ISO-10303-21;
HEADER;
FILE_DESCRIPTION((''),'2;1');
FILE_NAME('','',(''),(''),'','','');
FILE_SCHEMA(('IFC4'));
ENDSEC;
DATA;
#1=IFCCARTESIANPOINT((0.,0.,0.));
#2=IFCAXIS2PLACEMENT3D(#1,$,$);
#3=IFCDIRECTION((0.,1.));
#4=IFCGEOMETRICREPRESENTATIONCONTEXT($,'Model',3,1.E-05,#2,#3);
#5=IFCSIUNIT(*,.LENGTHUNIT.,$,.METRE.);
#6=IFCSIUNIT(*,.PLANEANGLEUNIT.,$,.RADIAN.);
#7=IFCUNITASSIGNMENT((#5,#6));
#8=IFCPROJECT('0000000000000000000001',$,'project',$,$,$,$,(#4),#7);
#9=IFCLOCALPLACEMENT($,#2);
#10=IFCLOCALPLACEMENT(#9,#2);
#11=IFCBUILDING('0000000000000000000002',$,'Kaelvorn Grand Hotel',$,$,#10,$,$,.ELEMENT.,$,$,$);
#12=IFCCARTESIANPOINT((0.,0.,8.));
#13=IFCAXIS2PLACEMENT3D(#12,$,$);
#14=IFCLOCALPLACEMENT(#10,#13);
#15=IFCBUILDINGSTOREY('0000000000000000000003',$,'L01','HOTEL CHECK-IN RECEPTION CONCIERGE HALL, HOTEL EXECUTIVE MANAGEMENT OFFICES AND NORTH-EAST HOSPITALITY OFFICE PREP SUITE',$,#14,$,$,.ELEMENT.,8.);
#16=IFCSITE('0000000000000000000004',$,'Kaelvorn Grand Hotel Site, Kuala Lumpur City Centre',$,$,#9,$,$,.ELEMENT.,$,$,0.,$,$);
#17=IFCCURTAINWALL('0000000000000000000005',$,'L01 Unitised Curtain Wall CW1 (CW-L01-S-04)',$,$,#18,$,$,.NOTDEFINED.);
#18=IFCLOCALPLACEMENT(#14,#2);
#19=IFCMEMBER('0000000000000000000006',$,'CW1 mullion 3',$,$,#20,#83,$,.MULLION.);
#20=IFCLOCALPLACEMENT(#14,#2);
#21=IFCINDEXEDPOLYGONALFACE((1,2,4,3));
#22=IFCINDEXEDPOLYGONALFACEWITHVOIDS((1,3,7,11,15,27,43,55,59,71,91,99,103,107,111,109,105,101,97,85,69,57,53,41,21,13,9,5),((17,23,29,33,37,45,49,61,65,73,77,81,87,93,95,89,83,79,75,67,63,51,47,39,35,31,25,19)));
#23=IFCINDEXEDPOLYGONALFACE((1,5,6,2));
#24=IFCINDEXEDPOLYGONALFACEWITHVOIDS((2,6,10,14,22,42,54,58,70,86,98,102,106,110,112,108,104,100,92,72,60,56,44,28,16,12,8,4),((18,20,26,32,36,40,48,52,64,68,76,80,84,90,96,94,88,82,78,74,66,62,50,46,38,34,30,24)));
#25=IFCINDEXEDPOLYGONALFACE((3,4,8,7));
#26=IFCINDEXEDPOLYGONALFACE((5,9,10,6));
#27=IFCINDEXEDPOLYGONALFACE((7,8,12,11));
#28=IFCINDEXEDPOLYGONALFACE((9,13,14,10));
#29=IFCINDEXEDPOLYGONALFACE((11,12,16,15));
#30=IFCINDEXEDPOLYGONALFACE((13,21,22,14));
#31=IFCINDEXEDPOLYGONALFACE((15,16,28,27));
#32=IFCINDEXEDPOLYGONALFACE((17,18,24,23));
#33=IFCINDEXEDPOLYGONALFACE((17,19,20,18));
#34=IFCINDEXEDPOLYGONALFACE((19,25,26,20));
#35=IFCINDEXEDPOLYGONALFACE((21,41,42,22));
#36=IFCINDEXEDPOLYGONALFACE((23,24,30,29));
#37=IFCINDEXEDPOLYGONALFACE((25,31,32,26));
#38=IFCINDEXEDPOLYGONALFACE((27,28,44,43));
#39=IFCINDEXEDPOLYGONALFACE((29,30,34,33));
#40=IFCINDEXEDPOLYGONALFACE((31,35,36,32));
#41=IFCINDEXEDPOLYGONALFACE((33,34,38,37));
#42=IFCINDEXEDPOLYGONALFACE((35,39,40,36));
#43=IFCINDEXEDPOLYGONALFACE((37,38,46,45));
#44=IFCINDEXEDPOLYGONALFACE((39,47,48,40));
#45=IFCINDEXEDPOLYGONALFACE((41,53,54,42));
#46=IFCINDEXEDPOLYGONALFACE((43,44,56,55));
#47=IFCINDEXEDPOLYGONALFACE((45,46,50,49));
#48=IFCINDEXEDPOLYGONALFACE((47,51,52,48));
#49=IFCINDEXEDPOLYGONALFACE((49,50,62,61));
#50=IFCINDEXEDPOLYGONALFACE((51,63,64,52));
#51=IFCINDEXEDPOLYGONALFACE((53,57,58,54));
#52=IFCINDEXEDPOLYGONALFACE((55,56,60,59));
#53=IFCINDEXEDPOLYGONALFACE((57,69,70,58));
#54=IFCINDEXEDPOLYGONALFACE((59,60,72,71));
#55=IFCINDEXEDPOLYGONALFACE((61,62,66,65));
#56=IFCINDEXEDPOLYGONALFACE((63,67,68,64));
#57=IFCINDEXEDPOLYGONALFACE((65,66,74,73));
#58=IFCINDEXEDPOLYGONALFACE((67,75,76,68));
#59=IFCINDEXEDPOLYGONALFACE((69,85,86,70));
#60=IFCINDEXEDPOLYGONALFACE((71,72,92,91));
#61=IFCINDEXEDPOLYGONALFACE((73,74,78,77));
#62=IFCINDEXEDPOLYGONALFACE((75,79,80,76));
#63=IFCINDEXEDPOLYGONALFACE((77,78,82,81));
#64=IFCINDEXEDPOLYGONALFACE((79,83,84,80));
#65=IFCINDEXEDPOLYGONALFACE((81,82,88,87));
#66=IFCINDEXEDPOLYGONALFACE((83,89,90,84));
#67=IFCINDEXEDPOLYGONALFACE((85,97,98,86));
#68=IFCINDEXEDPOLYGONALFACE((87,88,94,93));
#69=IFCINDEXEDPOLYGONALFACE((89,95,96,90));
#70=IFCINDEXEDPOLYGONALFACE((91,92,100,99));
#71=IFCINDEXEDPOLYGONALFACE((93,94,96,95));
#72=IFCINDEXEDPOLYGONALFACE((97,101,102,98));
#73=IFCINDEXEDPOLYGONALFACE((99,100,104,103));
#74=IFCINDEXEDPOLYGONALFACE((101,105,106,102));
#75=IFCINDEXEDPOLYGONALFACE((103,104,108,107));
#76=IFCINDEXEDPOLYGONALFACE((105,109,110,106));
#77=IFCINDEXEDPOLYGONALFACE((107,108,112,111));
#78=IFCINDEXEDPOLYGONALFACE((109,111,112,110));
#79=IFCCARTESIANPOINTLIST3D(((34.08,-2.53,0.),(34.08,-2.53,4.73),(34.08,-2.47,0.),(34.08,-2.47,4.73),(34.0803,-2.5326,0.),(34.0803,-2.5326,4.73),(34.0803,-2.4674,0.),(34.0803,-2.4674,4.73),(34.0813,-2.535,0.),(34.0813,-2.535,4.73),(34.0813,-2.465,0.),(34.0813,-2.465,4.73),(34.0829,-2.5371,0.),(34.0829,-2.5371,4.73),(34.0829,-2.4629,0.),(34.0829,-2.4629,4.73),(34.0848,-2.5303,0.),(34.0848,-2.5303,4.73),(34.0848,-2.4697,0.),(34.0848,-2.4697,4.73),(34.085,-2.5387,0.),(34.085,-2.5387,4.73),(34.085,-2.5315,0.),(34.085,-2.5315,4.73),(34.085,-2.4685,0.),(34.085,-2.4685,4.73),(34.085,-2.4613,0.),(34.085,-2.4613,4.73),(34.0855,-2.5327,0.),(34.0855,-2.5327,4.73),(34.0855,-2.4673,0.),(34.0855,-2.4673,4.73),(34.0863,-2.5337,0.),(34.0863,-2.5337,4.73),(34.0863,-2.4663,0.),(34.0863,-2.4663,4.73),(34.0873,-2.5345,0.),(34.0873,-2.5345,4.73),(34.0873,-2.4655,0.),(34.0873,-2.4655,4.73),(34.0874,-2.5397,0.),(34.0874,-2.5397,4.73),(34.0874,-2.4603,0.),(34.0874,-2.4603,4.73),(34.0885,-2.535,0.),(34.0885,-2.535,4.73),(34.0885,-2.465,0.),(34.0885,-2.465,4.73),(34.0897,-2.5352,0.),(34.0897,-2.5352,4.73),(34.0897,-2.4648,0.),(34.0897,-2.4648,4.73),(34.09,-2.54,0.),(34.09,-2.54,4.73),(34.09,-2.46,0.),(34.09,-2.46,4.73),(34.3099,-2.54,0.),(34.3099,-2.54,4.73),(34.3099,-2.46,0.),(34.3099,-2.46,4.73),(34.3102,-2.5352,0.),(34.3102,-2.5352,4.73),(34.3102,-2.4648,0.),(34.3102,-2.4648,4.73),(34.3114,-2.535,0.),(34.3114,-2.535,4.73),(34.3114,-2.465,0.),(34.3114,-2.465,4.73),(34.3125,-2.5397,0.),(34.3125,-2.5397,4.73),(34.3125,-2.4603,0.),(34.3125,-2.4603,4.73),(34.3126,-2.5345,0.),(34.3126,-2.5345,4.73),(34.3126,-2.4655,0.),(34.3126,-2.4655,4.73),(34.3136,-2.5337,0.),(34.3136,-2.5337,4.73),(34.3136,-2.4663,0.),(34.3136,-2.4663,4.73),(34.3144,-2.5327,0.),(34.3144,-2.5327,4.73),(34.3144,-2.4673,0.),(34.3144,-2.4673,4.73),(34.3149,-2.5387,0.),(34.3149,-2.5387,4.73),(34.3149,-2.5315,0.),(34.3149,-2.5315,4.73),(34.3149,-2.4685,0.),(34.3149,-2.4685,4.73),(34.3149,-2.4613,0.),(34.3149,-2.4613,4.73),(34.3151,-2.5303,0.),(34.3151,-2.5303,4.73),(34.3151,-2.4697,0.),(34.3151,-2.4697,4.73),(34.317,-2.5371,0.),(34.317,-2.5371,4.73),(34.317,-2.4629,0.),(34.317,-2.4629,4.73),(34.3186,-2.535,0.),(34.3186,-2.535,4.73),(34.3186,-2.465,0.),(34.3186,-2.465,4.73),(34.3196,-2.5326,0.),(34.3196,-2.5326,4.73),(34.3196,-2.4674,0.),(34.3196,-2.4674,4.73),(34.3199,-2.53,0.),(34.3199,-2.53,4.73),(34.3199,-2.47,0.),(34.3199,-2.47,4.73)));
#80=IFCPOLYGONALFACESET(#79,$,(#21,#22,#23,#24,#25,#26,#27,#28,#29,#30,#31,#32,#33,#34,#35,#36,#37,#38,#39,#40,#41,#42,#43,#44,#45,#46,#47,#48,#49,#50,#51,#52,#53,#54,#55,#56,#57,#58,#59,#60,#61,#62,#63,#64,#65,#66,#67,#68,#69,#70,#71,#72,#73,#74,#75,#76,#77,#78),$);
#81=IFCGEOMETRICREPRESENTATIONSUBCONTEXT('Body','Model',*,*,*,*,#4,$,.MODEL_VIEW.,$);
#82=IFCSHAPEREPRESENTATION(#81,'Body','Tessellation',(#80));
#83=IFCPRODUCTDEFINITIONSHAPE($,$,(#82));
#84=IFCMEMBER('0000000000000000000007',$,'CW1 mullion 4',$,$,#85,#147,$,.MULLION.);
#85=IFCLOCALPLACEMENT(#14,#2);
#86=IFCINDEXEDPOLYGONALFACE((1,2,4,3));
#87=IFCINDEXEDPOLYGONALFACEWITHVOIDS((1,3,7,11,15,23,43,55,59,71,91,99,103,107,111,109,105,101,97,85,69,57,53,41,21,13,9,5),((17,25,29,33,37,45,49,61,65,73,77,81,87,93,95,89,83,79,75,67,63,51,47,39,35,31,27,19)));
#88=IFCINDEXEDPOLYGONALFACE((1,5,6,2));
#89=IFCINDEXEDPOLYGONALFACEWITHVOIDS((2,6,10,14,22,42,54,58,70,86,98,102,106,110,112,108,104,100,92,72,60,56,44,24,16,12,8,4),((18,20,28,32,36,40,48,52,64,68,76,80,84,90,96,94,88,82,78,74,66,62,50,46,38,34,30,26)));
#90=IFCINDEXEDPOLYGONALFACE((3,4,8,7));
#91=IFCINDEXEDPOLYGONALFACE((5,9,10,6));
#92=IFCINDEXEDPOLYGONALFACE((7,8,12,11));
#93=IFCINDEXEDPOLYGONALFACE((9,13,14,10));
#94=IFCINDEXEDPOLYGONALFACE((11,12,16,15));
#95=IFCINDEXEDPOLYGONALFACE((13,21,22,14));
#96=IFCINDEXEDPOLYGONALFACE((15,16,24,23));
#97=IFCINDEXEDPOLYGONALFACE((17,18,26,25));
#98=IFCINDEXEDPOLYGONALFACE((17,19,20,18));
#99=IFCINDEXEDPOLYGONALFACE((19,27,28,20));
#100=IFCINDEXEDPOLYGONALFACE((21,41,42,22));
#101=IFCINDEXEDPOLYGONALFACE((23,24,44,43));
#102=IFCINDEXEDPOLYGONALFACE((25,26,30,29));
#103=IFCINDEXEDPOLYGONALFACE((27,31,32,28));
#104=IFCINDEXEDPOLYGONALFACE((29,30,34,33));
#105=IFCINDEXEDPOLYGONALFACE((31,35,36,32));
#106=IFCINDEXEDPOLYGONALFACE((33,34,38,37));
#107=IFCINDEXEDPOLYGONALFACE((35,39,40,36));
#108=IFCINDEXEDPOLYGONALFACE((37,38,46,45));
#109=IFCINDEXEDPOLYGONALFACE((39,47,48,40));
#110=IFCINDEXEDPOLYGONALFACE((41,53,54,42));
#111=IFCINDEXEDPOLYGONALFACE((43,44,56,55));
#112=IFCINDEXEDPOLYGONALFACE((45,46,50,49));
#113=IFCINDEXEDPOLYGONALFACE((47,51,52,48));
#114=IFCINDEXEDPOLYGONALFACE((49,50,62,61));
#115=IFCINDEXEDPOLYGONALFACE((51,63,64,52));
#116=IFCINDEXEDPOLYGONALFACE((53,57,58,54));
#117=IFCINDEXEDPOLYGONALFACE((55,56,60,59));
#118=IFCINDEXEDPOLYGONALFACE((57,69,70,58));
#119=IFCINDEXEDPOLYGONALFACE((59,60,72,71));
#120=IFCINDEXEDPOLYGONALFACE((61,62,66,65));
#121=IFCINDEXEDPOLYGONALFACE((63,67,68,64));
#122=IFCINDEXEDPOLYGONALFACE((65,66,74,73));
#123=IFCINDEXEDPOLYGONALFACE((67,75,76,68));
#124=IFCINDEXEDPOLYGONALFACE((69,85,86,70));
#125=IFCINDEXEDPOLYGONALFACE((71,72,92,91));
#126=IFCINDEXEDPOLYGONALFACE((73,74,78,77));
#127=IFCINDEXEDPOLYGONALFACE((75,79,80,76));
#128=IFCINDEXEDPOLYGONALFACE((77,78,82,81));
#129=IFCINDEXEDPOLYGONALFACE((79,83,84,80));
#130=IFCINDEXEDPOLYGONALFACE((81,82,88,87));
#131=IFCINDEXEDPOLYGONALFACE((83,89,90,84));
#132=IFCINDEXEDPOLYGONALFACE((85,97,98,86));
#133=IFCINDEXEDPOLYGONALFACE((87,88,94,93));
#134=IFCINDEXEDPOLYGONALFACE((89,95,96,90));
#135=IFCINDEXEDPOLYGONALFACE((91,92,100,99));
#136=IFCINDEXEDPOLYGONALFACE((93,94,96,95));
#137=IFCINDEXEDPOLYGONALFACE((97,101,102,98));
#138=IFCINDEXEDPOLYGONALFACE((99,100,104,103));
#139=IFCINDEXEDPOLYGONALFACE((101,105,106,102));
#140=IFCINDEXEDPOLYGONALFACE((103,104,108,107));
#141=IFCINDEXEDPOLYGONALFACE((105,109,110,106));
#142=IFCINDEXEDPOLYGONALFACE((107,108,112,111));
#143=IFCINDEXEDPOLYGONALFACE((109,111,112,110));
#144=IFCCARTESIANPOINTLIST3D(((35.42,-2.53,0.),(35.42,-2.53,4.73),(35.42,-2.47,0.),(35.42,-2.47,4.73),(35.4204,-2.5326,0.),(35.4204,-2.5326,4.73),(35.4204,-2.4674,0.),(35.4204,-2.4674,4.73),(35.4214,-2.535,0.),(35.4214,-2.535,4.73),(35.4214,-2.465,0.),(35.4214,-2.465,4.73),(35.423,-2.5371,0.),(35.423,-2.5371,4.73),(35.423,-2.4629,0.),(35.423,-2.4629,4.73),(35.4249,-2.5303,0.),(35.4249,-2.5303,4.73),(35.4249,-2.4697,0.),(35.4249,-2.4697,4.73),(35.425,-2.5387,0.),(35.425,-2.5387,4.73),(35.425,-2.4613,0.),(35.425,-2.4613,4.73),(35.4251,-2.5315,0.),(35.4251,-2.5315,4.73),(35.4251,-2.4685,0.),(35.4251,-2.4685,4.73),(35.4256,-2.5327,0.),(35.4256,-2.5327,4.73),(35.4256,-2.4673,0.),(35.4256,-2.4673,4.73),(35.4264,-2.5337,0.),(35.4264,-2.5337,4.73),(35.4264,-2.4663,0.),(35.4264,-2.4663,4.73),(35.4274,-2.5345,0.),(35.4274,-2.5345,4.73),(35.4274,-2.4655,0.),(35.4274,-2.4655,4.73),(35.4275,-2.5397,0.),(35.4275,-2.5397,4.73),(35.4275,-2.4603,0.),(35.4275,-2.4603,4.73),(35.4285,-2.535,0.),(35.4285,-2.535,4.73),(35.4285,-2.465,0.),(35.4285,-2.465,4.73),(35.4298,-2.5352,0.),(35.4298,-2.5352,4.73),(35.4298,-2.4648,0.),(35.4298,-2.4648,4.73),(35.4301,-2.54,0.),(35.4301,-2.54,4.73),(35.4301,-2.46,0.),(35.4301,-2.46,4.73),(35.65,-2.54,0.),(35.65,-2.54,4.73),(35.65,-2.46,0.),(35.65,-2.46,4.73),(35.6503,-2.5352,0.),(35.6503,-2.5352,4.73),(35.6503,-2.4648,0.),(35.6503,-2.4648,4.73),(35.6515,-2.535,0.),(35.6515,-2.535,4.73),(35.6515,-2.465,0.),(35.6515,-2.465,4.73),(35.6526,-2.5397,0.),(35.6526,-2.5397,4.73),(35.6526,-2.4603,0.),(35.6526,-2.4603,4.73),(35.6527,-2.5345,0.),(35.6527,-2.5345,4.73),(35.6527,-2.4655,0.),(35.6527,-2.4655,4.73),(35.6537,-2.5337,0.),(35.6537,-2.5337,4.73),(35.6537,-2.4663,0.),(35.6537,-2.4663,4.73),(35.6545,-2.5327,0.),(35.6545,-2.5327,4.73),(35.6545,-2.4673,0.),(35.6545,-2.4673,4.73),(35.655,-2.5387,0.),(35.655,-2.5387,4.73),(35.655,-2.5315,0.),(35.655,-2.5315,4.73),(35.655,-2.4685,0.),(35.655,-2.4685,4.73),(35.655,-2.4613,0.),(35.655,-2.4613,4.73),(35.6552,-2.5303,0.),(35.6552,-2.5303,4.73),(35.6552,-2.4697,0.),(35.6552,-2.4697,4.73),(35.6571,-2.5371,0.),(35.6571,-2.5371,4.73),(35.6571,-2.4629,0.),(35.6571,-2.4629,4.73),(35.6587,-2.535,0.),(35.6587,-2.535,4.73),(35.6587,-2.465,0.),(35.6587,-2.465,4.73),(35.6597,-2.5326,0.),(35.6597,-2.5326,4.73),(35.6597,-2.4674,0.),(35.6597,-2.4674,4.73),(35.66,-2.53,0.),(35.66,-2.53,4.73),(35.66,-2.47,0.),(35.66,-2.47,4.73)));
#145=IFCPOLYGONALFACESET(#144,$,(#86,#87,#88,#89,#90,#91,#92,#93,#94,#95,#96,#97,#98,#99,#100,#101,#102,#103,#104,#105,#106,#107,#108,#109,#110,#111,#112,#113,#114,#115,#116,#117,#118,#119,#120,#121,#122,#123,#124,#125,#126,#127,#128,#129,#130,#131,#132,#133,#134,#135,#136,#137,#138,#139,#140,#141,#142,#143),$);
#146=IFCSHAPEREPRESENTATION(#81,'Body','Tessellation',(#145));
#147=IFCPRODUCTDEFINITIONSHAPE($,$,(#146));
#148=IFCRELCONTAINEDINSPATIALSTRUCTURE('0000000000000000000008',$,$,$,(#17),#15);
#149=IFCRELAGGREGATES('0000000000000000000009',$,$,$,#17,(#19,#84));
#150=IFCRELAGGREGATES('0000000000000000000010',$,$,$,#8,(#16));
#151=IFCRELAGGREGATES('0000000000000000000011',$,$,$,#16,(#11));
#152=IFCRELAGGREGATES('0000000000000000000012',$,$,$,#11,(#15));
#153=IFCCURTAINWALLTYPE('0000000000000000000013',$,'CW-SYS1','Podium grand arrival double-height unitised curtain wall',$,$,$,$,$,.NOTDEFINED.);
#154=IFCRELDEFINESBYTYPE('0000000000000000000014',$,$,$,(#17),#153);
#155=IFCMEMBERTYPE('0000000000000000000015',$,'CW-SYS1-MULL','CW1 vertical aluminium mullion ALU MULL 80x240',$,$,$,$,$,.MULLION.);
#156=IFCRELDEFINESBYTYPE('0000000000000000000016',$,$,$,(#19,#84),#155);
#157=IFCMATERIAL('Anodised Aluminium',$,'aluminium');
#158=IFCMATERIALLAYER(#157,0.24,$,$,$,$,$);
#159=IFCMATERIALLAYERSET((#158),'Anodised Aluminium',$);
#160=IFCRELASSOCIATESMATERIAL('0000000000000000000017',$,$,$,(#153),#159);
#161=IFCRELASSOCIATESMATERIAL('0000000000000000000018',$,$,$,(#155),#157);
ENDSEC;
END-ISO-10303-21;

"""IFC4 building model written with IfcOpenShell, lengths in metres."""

from ifc_helpers import new_model, si_unit, direction, frame, origin, origin_2d, place, context, subcontext, project, spatial, hollow_rectangle, extrude, material, layer, layer_set, material_profile, profile_set, type_object, element, aggregate, save


model = new_model("IFC4")

# Units and contexts
model_context = context("Model", 3, precision=1e-05, world=origin(), true_north=direction((0.0, 1.0)))
body_context = subcontext(model_context, "Body", "Model", "MODEL_VIEW")
ifc_project = project(units=[si_unit("LENGTHUNIT", "METRE"), si_unit("PLANEANGLEUNIT", "RADIAN")], contexts=[model_context])

# Site, building, storey
site_placement = place(None, origin())
site = spatial("IfcSite", under=ifc_project, at=site_placement, Name="Kaelvorn Grand Hotel Site, Kuala Lumpur City Centre", CompositionType="ELEMENT", RefElevation=0.0)
building_placement = place(site_placement, origin())
building = spatial("IfcBuilding", under=site, at=building_placement, Name="Kaelvorn Grand Hotel", CompositionType="ELEMENT")
storey_placement = place(building_placement, frame((0.0, 0.0, 8.0)))
storey = spatial("IfcBuildingStorey", under=building, at=storey_placement, Name="L01", Description="HOTEL CHECK-IN RECEPTION CONCIERGE HALL, HOTEL EXECUTIVE MANAGEMENT OFFICES AND NORTH-EAST HOSPITALITY OFFICE PREP SUITE", CompositionType="ELEMENT", Elevation=8.0)

# Shared definitions
ifc_material_1 = material(Name="Anodised Aluminium", Category="aluminium")
ifc_layer_1 = layer(ifc_material_1, 0.24)
ifc_layer_set_1 = layer_set([ifc_layer_1], Name="Anodised Aluminium")
curtain_wall_type = type_object("IfcCurtainWallType", Name="CW-SYS1", Description="Podium grand arrival double-height unitised curtain wall", PredefinedType="NOTDEFINED", material=ifc_layer_set_1)
ifc_material_profile_1 = material_profile(ifc_material_1, hollow_rectangle(XDim=0.0801, YDim=0.24, WallThickness=0.0049, InnerFilletRadius=0.0049, OuterFilletRadius=0.01, at=origin_2d()), Name="ALU MULL 80x240")
ifc_profile_set_1 = profile_set([ifc_material_profile_1], Name="Anodised Aluminium")
member_type_1 = type_object("IfcMemberType", Name="CW-SYS1-MULL", Description="CW1 vertical aluminium mullion ALU MULL 80x240", PredefinedType="MULLION", material=ifc_profile_set_1)

# Curtain wall, members
curtain_wall_1_placement = place(storey_placement, origin())
curtain_wall_1 = element("IfcCurtainWall", 1, at=curtain_wall_1_placement, inside=storey, type_object=curtain_wall_type, Name="L01 Unitised Curtain Wall CW1 (CW-L01-S-04)", PredefinedType="NOTDEFINED")
member_1_placement = place(storey_placement, frame((34.2, -2.5, 0.0), z_axis=(0.0, 0.0, 1.0), x_axis=(0.0, 1.0, 0.0)))
member_1 = element("IfcMember", 2, at=member_1_placement, type_object=member_type_1, Name="CW1 mullion 3", PredefinedType="MULLION", context=body_context, shape_type="SweptSolid", body=[
    extrude(hollow_rectangle(XDim=0.0801, YDim=0.24, WallThickness=0.0049, InnerFilletRadius=0.0049, OuterFilletRadius=0.01, at=origin_2d()), origin(), (0.0, 0.0, 1.0), 4.73),
])
member_2_placement = place(storey_placement, frame((35.54, -2.5, 0.0), z_axis=(0.0, 0.0, 1.0), x_axis=(0.0, 1.0, 0.0)))
member_2 = element("IfcMember", 3, at=member_2_placement, type_object=member_type_1, Name="CW1 mullion 4", PredefinedType="MULLION", context=body_context, shape_type="SweptSolid", body=[
    extrude(hollow_rectangle(XDim=0.0801, YDim=0.24, WallThickness=0.0049, InnerFilletRadius=0.0049, OuterFilletRadius=0.01, at=origin_2d()), origin(), (0.0, 0.0, 1.0), 4.73),
])

aggregate(curtain_wall_1, [member_1, member_2])

save(model, "model.ifc")
